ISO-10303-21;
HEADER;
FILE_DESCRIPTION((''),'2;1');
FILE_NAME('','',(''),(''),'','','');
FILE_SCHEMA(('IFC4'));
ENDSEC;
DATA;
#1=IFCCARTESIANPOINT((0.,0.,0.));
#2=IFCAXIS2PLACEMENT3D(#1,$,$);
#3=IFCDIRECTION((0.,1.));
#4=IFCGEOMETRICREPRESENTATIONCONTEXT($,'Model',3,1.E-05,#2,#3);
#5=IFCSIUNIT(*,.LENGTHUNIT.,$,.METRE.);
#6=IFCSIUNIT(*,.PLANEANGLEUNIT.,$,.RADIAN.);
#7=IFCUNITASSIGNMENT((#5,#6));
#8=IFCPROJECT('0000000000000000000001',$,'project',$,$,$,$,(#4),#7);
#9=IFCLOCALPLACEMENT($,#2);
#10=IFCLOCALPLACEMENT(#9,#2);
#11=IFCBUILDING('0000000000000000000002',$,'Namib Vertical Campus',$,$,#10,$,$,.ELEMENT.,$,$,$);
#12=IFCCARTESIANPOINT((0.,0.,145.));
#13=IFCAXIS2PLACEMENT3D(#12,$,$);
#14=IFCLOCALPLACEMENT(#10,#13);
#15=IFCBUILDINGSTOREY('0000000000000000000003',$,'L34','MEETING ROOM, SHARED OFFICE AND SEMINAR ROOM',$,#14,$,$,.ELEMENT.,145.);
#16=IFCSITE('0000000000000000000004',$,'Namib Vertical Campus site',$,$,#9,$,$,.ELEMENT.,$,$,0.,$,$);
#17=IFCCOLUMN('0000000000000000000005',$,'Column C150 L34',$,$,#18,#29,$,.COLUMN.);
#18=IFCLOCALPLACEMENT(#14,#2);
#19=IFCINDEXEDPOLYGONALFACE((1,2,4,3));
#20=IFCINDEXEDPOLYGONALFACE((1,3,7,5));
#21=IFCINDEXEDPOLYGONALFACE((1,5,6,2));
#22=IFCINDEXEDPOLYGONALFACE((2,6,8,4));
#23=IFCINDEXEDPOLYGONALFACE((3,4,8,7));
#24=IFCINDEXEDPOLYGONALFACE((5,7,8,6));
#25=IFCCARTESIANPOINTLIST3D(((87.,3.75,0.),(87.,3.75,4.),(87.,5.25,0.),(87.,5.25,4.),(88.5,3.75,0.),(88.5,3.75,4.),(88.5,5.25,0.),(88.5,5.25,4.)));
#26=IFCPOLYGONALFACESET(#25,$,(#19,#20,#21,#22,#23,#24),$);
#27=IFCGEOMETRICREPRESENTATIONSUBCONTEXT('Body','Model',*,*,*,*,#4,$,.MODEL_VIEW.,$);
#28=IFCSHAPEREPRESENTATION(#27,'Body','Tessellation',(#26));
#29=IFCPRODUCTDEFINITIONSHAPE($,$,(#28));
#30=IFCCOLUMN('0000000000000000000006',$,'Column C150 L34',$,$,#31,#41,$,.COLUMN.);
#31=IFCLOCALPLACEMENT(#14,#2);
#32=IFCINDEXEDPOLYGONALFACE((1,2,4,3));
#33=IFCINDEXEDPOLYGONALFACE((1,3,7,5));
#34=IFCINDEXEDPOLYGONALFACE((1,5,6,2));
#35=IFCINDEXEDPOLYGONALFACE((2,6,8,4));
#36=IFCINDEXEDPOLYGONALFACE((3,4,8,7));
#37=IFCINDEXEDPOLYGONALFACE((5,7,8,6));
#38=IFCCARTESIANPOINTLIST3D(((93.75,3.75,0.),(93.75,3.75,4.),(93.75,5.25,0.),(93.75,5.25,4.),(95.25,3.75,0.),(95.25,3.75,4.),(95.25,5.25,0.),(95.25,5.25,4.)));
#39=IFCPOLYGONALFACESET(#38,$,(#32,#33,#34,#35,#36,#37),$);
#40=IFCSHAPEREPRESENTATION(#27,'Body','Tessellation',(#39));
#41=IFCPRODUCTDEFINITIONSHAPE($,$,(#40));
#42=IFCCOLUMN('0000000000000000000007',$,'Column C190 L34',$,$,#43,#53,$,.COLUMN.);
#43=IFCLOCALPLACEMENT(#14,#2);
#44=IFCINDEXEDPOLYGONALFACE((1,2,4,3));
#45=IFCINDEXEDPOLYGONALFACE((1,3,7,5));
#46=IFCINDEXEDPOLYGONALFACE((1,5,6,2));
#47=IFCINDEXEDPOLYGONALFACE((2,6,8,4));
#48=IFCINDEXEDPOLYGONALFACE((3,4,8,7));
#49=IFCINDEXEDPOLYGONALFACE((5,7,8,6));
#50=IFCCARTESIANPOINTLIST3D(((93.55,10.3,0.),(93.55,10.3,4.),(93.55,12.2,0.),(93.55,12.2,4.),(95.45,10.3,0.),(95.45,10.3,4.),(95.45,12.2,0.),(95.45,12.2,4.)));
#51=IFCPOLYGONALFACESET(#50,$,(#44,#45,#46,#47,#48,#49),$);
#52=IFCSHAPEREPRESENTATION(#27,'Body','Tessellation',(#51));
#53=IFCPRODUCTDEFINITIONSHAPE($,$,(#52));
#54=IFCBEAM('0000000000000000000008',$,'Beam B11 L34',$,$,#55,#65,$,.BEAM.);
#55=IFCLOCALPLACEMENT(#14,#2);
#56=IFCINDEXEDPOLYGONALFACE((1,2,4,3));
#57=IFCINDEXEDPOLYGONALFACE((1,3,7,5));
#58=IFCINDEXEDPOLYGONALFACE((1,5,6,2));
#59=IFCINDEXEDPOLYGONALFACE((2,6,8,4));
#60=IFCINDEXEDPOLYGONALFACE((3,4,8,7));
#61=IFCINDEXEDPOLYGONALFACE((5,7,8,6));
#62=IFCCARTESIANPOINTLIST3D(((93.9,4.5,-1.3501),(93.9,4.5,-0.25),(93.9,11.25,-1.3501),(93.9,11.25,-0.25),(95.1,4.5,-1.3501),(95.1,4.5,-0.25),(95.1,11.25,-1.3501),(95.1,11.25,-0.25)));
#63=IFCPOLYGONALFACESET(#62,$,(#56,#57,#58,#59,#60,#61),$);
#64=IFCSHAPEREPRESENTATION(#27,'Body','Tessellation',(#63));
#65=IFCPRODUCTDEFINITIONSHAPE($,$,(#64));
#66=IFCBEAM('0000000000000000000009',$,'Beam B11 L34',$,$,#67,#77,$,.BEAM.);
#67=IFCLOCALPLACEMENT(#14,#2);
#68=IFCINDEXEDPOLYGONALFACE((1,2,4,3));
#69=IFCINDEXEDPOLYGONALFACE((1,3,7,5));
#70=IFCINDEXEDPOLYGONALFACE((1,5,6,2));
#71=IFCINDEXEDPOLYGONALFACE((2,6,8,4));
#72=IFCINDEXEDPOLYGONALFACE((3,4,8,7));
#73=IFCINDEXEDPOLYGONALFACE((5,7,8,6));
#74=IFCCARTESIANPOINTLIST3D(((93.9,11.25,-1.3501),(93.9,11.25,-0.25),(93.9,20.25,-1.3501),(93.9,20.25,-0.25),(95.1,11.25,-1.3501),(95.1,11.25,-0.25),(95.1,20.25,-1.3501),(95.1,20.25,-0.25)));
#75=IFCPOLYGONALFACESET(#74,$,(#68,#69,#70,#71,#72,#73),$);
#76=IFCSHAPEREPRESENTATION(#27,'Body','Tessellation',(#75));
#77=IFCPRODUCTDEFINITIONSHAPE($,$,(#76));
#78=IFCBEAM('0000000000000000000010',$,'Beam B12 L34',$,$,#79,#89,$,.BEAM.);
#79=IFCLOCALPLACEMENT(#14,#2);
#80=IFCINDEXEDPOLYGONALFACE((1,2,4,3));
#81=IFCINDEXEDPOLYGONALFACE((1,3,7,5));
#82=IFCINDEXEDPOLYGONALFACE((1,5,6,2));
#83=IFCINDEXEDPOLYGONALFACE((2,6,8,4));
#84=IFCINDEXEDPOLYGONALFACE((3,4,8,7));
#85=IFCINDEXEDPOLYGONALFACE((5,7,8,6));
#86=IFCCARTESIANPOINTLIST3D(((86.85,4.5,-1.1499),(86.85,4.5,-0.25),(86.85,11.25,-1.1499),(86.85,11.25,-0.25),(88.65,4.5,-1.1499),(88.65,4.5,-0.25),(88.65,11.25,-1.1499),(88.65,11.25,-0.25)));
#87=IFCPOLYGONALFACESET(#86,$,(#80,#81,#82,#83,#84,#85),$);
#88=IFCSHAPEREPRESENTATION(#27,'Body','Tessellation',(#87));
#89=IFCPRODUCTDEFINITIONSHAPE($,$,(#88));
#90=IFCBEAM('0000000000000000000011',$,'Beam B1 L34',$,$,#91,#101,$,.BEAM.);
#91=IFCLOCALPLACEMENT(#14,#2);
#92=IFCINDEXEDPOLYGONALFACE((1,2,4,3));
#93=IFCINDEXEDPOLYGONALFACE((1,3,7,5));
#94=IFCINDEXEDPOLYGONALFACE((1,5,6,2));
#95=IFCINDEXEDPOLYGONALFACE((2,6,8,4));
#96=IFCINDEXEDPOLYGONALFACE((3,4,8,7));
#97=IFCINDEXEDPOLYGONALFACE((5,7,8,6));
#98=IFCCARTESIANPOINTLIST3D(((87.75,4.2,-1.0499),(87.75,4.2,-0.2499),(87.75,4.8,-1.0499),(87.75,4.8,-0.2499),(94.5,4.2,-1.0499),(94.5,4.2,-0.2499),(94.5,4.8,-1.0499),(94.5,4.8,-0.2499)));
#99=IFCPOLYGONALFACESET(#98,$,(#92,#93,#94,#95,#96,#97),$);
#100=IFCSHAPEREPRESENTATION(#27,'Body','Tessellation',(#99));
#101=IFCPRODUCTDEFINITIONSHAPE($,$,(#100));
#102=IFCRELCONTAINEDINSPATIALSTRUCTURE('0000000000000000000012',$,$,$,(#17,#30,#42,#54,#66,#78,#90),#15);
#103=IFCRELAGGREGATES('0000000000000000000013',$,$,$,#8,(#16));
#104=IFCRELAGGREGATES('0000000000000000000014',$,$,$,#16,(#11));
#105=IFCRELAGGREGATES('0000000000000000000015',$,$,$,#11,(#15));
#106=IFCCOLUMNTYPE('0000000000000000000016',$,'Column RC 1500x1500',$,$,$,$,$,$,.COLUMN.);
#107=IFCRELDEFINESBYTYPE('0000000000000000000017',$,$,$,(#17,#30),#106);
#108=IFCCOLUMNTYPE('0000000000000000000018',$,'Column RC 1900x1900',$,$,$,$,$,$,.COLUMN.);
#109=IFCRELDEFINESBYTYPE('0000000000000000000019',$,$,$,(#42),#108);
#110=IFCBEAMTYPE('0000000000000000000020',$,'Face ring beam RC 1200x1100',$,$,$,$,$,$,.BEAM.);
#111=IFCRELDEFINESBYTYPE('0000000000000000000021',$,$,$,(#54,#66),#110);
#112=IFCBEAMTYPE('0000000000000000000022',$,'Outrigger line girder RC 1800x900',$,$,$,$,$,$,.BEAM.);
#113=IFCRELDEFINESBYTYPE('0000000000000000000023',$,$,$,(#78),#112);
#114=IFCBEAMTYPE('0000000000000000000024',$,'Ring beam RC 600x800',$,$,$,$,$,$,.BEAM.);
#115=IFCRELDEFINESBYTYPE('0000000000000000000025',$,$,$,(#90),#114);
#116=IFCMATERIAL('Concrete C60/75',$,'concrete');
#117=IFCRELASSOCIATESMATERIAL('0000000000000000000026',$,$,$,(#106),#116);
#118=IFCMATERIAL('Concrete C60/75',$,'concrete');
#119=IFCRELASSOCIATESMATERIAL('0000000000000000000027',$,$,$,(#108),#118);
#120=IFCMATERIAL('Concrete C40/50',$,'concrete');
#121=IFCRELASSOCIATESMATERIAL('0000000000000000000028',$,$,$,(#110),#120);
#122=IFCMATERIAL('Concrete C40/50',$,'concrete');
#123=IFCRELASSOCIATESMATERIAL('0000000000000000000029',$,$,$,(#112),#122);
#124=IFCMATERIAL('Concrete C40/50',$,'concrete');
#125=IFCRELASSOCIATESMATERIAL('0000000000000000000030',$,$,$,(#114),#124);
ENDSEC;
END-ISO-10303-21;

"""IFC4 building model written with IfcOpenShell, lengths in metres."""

from ifc_helpers import new_model, si_unit, direction, frame, origin, origin_2d, place, context, subcontext, project, spatial, rectangle, extrude, material, material_profile, profile_set, type_object, element, save


model = new_model("IFC4")

# Units and contexts
model_context = context("Model", 3, precision=1e-05, world=origin(), true_north=direction((0.0, 1.0)))
body_context = subcontext(model_context, "Body", "Model", "MODEL_VIEW")
ifc_project = project(units=[si_unit("LENGTHUNIT", "METRE"), si_unit("PLANEANGLEUNIT", "RADIAN")], contexts=[model_context])

# Site, building, storey
site_placement = place(None, origin())
site = spatial("IfcSite", under=ifc_project, at=site_placement, Name="Namib Vertical Campus site", CompositionType="ELEMENT", RefElevation=0.0)
building_placement = place(site_placement, origin())
building = spatial("IfcBuilding", under=site, at=building_placement, Name="Namib Vertical Campus", CompositionType="ELEMENT")
storey_placement = place(building_placement, frame((0.0, 0.0, 145.0)))
storey = spatial("IfcBuildingStorey", under=building, at=storey_placement, Name="L34", Description="MEETING ROOM, SHARED OFFICE AND SEMINAR ROOM", CompositionType="ELEMENT", Elevation=145.0)

# Columns
ifc_material_1 = material(Name="Concrete C60/75", Category="concrete")
ifc_material_profile_1 = material_profile(ifc_material_1, rectangle(XDim=1.5, YDim=1.5, at=origin_2d()))
ifc_profile_set_1 = profile_set([ifc_material_profile_1], Name="Concrete C60/75")
column_type_1 = type_object("IfcColumnType", Name="Column RC 1500x1500", PredefinedType="COLUMN", material=ifc_profile_set_1)
for number, where, z_axis, x_axis, name in (
    (1, (87.75, 4.5, 0.0), (0.0, 0.0, 1.0), (1.0, 0.0, 0.0), "Column C150 L34"),
    (2, (94.5, 4.5, 0.0), (0.0, 0.0, 1.0), (1.0, 0.0, 0.0), "Column C150 L34"),
):
    element("IfcColumn", number, at=place(storey_placement, frame(where, z_axis=z_axis, x_axis=x_axis)), inside=storey, type_object=column_type_1, Name=name, PredefinedType="COLUMN", context=body_context, shape_type="SweptSolid", body=[
        extrude(rectangle(XDim=1.5, YDim=1.5, at=origin_2d()), origin(), (0.0, 0.0, 1.0), 4.0),
    ])
ifc_material_2 = material(Name="Concrete C60/75", Category="concrete")
ifc_material_profile_2 = material_profile(ifc_material_2, rectangle(XDim=1.8999, YDim=1.8999, at=origin_2d()))
ifc_profile_set_2 = profile_set([ifc_material_profile_2], Name="Concrete C60/75")
column_type_2 = type_object("IfcColumnType", Name="Column RC 1900x1900", PredefinedType="COLUMN", material=ifc_profile_set_2)
column_placement = place(storey_placement, frame((94.5, 11.25, 0.0), z_axis=(0.0, 0.0, 1.0), x_axis=(1.0, 0.0, 0.0)))
element("IfcColumn", 3, at=column_placement, inside=storey, type_object=column_type_2, Name="Column C190 L34", PredefinedType="COLUMN", context=body_context, shape_type="SweptSolid", body=[
    extrude(rectangle(XDim=1.8999, YDim=1.8999, at=origin_2d()), origin(), (0.0, 0.0, 1.0), 4.0),
])

# Beams
ifc_material_3 = material(Name="Concrete C40/50", Category="concrete")
ifc_material_profile_3 = material_profile(ifc_material_3, rectangle(XDim=1.2, YDim=1.1001, at=origin_2d()))
ifc_profile_set_3 = profile_set([ifc_material_profile_3], Name="Concrete C40/50")
beam_type_1 = type_object("IfcBeamType", Name="Face ring beam RC 1200x1100", PredefinedType="BEAM", material=ifc_profile_set_3)
beam_1_placement = place(storey_placement, frame((94.5, 4.5, -0.8), z_axis=(0.0, 1.0, 0.0), x_axis=(-1.0, 0.0, 0.0)))
element("IfcBeam", 4, at=beam_1_placement, inside=storey, type_object=beam_type_1, Name="Beam B11 L34", PredefinedType="BEAM", context=body_context, shape_type="SweptSolid", body=[
    extrude(rectangle(XDim=1.2, YDim=1.1001, at=origin_2d()), origin(), (0.0, 0.0, 1.0), 6.75),
])
beam_2_placement = place(storey_placement, frame((94.5, 11.25, -0.8), z_axis=(0.0, 1.0, 0.0), x_axis=(-1.0, 0.0, 0.0)))
element("IfcBeam", 5, at=beam_2_placement, inside=storey, type_object=beam_type_1, Name="Beam B11 L34", PredefinedType="BEAM", context=body_context, shape_type="SweptSolid", body=[
    extrude(rectangle(XDim=1.2, YDim=1.1001, at=origin_2d()), origin(), (0.0, 0.0, 1.0), 9.0),
])
ifc_material_4 = material(Name="Concrete C40/50", Category="concrete")
ifc_material_profile_4 = material_profile(ifc_material_4, rectangle(XDim=1.8, YDim=0.8999, at=origin_2d()))
ifc_profile_set_4 = profile_set([ifc_material_profile_4], Name="Concrete C40/50")
beam_type_2 = type_object("IfcBeamType", Name="Outrigger line girder RC 1800x900", PredefinedType="BEAM", material=ifc_profile_set_4)
beam_3_placement = place(storey_placement, frame((87.75, 4.5, -0.7), z_axis=(0.0, 1.0, 0.0), x_axis=(-1.0, 0.0, 0.0)))
element("IfcBeam", 6, at=beam_3_placement, inside=storey, type_object=beam_type_2, Name="Beam B12 L34", PredefinedType="BEAM", context=body_context, shape_type="SweptSolid", body=[
    extrude(rectangle(XDim=1.8, YDim=0.8999, at=origin_2d()), origin(), (0.0, 0.0, 1.0), 6.75),
])
ifc_material_5 = material(Name="Concrete C40/50", Category="concrete")
ifc_material_profile_5 = material_profile(ifc_material_5, rectangle(XDim=0.6001, YDim=0.8, at=origin_2d()))
ifc_profile_set_5 = profile_set([ifc_material_profile_5], Name="Concrete C40/50")
beam_type_3 = type_object("IfcBeamType", Name="Ring beam RC 600x800", PredefinedType="BEAM", material=ifc_profile_set_5)
beam_4_placement = place(storey_placement, frame((87.75, 4.5, -0.6499), z_axis=(1.0, 0.0, 0.0), x_axis=(0.0, 1.0, 0.0)))
element("IfcBeam", 7, at=beam_4_placement, inside=storey, type_object=beam_type_3, Name="Beam B1 L34", PredefinedType="BEAM", context=body_context, shape_type="SweptSolid", body=[
    extrude(rectangle(XDim=0.6001, YDim=0.8, at=origin_2d()), origin(), (0.0, 0.0, 1.0), 6.75),
])

save(model, "model.ifc")
